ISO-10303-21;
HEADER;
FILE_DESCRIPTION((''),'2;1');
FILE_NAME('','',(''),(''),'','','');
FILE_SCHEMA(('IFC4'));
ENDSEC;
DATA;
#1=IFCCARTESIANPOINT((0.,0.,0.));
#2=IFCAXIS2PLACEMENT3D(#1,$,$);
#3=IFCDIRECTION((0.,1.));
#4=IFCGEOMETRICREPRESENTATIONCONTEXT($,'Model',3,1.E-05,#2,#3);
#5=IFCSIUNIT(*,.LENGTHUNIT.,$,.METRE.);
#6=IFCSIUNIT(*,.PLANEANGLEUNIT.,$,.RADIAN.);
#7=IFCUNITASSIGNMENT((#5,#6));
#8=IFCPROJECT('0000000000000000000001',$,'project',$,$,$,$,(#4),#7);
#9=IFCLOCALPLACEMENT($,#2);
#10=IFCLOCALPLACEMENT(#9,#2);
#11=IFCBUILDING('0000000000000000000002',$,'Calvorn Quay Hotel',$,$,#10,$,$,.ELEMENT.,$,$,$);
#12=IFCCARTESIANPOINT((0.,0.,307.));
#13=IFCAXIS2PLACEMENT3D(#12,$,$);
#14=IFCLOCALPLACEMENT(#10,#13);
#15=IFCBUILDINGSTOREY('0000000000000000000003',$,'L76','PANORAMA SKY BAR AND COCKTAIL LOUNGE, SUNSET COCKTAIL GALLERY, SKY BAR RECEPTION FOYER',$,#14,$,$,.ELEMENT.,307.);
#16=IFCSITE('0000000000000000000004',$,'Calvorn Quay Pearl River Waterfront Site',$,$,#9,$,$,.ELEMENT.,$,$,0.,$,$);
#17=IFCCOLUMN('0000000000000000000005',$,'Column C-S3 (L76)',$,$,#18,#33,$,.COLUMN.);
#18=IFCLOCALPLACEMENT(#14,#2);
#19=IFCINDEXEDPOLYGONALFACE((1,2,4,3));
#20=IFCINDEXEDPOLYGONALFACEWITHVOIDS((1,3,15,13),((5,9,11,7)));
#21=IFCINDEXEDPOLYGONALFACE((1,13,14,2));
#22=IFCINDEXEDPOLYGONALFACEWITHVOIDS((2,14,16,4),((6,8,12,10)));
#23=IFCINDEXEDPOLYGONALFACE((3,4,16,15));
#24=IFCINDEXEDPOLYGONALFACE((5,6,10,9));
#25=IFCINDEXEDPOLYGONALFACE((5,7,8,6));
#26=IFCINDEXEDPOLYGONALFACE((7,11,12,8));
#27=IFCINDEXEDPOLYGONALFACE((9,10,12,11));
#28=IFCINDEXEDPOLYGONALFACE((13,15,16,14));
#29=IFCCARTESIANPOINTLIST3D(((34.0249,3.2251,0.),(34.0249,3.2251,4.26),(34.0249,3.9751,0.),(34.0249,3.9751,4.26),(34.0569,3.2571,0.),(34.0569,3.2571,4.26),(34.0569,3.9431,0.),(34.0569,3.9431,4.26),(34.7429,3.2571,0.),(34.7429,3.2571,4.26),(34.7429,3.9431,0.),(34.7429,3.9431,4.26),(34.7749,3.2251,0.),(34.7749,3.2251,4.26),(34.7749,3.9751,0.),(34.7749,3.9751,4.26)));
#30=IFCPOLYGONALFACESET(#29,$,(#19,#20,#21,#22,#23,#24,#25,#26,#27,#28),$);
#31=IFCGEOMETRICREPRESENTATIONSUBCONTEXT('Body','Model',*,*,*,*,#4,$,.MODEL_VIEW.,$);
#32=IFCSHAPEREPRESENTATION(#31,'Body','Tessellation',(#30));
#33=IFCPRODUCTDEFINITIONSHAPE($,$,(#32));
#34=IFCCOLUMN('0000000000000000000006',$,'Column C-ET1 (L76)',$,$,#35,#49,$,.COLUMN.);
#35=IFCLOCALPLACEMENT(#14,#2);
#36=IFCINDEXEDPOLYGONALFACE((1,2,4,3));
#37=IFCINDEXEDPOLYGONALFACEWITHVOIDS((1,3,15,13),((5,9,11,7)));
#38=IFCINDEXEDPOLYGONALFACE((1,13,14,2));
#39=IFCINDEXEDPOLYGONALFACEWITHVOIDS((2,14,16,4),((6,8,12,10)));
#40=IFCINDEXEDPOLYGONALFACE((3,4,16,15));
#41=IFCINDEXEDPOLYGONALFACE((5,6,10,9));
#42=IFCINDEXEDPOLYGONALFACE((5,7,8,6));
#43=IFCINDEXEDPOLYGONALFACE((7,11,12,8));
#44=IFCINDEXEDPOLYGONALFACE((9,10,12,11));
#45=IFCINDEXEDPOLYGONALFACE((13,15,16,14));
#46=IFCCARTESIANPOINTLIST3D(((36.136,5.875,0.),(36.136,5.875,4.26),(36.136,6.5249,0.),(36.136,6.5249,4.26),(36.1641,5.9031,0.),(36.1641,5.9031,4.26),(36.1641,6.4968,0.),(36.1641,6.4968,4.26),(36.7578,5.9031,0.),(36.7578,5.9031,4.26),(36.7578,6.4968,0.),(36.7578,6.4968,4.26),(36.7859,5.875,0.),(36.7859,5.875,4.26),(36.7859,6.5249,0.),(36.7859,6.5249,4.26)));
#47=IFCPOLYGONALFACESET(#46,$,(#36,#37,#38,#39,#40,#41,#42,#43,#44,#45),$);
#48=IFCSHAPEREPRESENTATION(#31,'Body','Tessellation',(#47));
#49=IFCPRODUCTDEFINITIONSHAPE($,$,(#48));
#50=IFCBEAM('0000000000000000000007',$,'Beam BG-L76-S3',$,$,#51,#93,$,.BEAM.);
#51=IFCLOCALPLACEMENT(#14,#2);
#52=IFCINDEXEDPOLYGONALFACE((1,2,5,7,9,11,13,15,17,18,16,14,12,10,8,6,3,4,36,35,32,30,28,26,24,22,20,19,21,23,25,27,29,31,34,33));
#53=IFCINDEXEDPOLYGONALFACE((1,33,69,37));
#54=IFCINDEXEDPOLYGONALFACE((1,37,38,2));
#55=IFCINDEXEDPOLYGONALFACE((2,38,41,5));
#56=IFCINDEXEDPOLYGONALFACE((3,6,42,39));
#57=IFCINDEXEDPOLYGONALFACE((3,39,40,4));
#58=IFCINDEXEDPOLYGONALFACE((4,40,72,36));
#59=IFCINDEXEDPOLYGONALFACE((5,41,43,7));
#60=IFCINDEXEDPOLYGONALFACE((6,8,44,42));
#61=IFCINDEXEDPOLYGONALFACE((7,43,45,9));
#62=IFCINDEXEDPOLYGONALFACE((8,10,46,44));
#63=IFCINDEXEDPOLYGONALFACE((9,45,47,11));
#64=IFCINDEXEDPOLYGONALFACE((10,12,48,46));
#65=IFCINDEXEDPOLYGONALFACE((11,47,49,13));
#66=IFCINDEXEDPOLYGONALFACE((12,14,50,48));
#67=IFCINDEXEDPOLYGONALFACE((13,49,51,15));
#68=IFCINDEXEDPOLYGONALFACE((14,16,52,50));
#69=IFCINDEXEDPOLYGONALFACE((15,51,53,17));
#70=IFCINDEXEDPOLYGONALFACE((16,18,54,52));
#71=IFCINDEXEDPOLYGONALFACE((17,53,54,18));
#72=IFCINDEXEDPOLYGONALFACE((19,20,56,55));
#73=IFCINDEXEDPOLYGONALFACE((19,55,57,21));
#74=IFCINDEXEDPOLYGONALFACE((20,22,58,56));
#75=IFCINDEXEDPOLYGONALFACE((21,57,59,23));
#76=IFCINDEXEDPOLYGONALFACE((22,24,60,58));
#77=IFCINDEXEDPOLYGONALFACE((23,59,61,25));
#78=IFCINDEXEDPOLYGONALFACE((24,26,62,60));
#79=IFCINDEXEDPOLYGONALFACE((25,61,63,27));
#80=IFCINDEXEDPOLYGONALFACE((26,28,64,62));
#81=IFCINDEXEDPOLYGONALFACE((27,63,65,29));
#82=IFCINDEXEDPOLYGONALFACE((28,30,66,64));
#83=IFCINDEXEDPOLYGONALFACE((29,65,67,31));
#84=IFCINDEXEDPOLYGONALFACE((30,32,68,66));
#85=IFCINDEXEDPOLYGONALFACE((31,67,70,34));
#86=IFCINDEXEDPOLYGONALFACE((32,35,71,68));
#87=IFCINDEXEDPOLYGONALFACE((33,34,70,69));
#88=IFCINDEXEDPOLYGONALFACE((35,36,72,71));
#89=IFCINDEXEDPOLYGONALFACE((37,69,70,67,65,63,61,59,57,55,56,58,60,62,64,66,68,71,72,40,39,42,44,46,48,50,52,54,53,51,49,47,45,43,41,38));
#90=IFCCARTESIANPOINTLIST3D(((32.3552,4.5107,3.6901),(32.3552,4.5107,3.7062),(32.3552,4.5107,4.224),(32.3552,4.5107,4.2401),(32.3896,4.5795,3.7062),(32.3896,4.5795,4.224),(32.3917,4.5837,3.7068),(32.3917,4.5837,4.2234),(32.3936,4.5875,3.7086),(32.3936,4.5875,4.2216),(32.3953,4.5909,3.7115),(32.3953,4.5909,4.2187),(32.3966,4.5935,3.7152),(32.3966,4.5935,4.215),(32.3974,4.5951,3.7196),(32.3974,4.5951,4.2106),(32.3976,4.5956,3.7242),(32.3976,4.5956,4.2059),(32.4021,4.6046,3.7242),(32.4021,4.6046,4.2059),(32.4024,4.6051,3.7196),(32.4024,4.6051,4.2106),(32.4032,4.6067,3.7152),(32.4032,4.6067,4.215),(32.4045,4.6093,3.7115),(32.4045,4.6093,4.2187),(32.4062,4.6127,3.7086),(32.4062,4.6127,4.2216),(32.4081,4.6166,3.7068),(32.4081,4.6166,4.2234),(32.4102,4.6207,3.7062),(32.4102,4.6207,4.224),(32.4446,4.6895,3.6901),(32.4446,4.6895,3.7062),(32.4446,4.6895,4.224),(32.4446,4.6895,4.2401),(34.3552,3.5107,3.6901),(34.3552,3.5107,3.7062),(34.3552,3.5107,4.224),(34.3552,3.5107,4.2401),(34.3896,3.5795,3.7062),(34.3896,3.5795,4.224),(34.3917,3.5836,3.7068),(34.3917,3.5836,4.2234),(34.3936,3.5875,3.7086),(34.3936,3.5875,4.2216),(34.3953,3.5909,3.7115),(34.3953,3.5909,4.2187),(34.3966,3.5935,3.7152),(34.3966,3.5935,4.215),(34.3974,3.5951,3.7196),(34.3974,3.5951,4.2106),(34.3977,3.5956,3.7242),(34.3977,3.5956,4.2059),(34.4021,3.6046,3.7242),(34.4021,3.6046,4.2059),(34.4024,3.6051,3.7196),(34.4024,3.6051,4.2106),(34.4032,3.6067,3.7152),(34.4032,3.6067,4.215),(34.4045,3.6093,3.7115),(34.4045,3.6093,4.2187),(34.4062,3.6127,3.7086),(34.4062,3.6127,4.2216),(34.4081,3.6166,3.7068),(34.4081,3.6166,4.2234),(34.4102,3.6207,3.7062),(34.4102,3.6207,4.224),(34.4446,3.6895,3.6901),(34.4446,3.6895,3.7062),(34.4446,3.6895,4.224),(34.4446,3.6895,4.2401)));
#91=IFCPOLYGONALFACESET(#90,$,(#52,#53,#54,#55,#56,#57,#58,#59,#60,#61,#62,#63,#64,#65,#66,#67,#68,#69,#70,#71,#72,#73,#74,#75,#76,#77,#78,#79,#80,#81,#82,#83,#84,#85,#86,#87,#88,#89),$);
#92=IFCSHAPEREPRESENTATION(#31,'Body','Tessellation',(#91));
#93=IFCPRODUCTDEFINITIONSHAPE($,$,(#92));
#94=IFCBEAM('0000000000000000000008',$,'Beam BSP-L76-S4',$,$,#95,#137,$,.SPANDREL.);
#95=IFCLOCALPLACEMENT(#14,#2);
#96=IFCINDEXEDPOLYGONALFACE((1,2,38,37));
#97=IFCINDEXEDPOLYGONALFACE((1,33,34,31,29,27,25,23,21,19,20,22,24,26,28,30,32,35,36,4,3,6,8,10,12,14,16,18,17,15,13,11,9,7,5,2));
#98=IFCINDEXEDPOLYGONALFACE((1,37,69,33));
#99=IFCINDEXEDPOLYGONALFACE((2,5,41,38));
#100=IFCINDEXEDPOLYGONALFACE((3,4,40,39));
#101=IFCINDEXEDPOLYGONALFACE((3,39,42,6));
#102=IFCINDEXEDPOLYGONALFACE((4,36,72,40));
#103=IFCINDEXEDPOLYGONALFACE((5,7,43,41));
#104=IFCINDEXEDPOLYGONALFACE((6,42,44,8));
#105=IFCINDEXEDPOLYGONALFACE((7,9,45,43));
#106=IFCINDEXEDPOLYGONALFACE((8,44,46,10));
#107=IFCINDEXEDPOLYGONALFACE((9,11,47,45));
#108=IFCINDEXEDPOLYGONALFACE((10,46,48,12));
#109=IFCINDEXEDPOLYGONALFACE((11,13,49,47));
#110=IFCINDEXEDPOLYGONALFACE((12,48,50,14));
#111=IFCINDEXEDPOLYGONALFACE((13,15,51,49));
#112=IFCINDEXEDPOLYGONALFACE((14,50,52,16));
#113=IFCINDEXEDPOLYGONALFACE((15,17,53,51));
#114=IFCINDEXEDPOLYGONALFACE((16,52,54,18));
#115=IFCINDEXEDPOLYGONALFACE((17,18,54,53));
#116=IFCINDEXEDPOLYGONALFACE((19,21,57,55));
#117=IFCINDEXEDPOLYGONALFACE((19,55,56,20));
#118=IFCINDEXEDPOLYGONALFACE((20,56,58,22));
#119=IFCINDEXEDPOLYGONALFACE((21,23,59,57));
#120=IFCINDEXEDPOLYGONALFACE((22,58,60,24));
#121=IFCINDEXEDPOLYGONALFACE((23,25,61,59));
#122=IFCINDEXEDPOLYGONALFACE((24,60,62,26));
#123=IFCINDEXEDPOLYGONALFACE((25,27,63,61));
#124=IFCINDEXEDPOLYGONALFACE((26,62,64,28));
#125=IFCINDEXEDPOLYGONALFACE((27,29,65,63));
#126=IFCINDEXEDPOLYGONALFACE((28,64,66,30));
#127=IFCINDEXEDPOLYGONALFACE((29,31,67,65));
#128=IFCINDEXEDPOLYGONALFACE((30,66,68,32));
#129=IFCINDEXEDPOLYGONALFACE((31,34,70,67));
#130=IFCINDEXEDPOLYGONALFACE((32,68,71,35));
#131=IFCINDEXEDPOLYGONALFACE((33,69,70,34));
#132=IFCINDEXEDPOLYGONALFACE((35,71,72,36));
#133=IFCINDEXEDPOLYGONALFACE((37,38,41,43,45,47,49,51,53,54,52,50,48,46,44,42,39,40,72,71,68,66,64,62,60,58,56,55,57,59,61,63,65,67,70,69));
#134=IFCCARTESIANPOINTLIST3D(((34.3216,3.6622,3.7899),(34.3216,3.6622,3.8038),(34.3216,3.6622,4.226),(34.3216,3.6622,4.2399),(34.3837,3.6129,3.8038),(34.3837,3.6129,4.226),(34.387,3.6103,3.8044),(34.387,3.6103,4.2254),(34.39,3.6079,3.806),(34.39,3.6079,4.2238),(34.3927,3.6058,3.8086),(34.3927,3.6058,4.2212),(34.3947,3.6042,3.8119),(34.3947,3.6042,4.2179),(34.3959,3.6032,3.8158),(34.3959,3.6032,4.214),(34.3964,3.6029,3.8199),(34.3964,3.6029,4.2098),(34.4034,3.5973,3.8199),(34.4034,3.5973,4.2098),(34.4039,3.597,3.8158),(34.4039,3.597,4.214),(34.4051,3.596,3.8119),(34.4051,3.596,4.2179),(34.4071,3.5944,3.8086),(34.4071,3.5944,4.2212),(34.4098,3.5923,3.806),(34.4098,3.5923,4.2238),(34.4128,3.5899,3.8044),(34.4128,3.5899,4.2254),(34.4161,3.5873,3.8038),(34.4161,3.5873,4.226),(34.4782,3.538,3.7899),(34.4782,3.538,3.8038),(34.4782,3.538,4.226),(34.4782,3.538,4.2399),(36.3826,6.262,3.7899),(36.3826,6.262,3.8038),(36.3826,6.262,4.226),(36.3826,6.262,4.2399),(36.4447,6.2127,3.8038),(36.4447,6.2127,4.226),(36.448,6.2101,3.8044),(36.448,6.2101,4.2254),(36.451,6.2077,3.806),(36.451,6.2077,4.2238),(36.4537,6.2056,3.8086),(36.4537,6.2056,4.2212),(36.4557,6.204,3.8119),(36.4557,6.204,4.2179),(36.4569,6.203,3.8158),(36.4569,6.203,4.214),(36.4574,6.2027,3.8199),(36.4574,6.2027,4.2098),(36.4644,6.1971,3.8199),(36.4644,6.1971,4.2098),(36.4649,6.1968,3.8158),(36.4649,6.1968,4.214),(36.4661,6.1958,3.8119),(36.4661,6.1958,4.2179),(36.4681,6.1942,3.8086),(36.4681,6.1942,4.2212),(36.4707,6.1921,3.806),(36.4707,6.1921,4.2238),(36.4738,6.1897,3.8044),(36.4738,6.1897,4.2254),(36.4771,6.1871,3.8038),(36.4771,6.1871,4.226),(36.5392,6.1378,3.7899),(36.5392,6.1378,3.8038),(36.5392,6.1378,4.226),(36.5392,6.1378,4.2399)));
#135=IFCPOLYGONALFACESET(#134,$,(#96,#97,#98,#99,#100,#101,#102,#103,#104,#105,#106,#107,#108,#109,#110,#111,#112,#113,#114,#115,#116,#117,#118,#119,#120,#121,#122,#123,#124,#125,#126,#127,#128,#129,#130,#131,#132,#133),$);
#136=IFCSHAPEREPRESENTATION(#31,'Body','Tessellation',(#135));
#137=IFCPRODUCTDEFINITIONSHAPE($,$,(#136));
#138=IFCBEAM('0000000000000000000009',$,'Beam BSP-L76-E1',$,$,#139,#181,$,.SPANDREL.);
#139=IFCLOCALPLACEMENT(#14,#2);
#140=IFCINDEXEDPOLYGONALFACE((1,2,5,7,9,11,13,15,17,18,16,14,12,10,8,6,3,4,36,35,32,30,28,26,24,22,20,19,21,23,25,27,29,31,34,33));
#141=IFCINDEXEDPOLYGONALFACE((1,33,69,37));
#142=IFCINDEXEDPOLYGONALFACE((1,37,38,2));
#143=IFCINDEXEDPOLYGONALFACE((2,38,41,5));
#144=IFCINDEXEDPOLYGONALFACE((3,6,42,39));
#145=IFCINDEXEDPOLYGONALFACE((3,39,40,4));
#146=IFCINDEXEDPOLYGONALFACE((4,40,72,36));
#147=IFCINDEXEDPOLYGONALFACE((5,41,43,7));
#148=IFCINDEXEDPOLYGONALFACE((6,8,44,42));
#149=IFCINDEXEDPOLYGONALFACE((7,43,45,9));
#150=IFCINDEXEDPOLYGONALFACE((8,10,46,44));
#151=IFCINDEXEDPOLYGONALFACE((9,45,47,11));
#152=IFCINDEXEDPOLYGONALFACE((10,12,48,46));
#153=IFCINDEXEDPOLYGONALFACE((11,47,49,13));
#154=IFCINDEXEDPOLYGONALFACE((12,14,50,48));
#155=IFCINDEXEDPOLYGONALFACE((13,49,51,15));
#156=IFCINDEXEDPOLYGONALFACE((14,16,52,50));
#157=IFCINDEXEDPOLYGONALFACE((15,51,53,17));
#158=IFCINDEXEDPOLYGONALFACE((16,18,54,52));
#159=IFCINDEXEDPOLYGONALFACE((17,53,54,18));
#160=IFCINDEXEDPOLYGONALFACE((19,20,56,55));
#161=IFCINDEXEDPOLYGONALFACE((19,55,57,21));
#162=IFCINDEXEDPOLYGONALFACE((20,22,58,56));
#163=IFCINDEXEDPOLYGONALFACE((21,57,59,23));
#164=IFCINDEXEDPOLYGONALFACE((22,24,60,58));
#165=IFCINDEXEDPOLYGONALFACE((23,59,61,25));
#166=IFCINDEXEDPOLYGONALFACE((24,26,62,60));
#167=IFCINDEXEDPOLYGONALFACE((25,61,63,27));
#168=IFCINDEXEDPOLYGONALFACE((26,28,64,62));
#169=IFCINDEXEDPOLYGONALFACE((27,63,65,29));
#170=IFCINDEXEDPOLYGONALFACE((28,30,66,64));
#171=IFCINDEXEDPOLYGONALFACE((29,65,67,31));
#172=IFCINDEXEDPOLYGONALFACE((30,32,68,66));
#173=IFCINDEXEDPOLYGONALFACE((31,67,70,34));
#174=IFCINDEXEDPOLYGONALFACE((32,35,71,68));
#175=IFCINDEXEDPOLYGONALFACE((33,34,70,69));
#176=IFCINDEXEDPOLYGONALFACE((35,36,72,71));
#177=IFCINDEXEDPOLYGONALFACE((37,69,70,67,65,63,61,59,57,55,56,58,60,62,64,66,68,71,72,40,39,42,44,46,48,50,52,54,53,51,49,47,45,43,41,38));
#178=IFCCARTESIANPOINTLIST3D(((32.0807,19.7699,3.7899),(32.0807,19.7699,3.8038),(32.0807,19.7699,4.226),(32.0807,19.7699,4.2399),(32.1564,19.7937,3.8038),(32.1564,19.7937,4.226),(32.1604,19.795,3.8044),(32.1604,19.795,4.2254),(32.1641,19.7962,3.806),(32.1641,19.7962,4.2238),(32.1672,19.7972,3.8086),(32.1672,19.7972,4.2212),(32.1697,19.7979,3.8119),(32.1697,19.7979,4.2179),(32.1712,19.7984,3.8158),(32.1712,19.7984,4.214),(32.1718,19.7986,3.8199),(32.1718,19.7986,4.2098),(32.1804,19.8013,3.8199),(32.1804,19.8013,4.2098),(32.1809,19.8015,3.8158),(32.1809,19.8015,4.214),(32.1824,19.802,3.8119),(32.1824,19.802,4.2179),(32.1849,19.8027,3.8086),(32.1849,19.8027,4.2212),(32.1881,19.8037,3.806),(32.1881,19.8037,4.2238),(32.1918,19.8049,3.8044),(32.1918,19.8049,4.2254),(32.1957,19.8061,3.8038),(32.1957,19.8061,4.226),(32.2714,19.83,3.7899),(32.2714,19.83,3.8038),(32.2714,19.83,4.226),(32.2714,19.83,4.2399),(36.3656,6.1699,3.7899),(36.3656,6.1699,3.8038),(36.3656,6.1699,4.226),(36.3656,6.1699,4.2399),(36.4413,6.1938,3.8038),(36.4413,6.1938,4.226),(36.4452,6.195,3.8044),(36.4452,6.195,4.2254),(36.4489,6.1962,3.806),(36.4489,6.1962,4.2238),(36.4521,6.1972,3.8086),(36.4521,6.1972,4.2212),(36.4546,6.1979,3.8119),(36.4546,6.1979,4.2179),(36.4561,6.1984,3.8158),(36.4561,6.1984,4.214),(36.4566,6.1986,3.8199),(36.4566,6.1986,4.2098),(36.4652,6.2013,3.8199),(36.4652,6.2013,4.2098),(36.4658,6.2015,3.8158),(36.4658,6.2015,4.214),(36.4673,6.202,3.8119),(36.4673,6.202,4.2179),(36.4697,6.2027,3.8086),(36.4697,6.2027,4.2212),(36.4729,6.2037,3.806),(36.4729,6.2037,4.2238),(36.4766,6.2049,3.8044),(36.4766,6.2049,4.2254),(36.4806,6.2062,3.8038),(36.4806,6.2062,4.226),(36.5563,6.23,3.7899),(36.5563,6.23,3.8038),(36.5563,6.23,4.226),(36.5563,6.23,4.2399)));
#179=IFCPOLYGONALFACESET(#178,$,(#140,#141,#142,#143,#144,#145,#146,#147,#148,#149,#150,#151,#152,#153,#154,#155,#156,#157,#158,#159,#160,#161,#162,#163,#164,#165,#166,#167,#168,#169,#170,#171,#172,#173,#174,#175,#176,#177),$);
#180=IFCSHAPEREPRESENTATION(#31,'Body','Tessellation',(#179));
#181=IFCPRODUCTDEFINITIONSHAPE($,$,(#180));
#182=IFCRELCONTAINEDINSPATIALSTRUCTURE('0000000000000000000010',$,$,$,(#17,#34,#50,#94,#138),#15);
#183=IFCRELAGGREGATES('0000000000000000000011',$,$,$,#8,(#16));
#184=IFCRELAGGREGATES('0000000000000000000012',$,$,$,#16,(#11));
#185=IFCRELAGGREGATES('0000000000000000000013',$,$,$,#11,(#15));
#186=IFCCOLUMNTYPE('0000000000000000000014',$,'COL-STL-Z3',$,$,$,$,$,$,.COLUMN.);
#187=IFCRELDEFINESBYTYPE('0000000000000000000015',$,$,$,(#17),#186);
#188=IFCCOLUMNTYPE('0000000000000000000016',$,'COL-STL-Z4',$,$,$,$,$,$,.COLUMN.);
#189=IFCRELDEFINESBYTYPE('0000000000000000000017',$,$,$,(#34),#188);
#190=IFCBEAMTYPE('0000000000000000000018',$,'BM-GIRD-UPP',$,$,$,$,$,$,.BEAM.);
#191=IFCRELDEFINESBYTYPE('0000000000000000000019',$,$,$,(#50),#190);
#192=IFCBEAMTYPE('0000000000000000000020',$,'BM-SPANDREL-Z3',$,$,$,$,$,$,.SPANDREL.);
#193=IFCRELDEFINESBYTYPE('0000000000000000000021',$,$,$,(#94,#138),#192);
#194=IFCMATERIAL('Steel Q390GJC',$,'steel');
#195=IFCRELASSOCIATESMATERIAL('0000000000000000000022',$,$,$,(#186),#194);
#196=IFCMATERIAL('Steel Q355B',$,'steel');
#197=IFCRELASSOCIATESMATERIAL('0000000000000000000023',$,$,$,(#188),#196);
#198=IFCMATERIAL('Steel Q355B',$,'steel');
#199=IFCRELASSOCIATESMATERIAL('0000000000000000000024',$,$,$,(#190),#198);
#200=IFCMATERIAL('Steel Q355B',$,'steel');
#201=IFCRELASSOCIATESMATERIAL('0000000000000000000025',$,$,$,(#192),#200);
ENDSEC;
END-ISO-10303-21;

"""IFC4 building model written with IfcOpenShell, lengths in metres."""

from ifc_helpers import new_model, si_unit, direction, frame, origin, origin_2d, place, context, subcontext, project, spatial, hollow_rectangle, i_section, extrude, material, material_profile, profile_set, type_object, element, save


model = new_model("IFC4")

# Units and contexts
model_context = context("Model", 3, precision=1e-05, world=origin(), true_north=direction((0.0, 1.0)))
body_context = subcontext(model_context, "Body", "Model", "MODEL_VIEW")
ifc_project = project(units=[si_unit("LENGTHUNIT", "METRE"), si_unit("PLANEANGLEUNIT", "RADIAN")], contexts=[model_context])

# Site, building, storey
site_placement = place(None, origin())
site = spatial("IfcSite", under=ifc_project, at=site_placement, Name="Calvorn Quay Pearl River Waterfront Site", CompositionType="ELEMENT", RefElevation=0.0)
building_placement = place(site_placement, origin())
building = spatial("IfcBuilding", under=site, at=building_placement, Name="Calvorn Quay Hotel", CompositionType="ELEMENT")
storey_placement = place(building_placement, frame((0.0, 0.0, 307.0)))
storey = spatial("IfcBuildingStorey", under=building, at=storey_placement, Name="L76", Description="PANORAMA SKY BAR AND COCKTAIL LOUNGE, SUNSET COCKTAIL GALLERY, SKY BAR RECEPTION FOYER", CompositionType="ELEMENT", Elevation=307.0)

# Columns
ifc_material_1 = material(Name="Steel Q390GJC", Category="steel")
ifc_material_profile_1 = material_profile(ifc_material_1, hollow_rectangle(XDim=0.75, YDim=0.75, WallThickness=0.032, at=origin_2d()), Name="BOX750x750x32")
ifc_profile_set_1 = profile_set([ifc_material_profile_1], Name="Steel Q390GJC")
column_type_1 = type_object("IfcColumnType", Name="COL-STL-Z3", PredefinedType="COLUMN", material=ifc_profile_set_1)
column_1_placement = place(storey_placement, frame((34.3999, 3.6001, 0.0), z_axis=(0.0, 0.0, 1.0), x_axis=(1.0, 0.0, 0.0)))
element("IfcColumn", 1, at=column_1_placement, inside=storey, type_object=column_type_1, Name="Column C-S3 (L76)", PredefinedType="COLUMN", context=body_context, shape_type="SweptSolid", body=[
    extrude(hollow_rectangle(XDim=0.75, YDim=0.75, WallThickness=0.032, at=origin_2d()), origin(), (0.0, 0.0, 1.0), 4.26),
])
ifc_material_2 = material(Name="Steel Q355B", Category="steel")
ifc_material_profile_2 = material_profile(ifc_material_2, hollow_rectangle(XDim=0.6499, YDim=0.6499, WallThickness=0.0281, at=origin_2d()), Name="BOX650x650x28")
ifc_profile_set_2 = profile_set([ifc_material_profile_2], Name="Steel Q355B")
column_type_2 = type_object("IfcColumnType", Name="COL-STL-Z4", PredefinedType="COLUMN", material=ifc_profile_set_2)
column_2_placement = place(storey_placement, frame((36.4609, 6.2, 0.0), z_axis=(0.0, 0.0, 1.0), x_axis=(1.0, 0.0, 0.0)))
element("IfcColumn", 2, at=column_2_placement, inside=storey, type_object=column_type_2, Name="Column C-ET1 (L76)", PredefinedType="COLUMN", context=body_context, shape_type="SweptSolid", body=[
    extrude(hollow_rectangle(XDim=0.6499, YDim=0.6499, WallThickness=0.0281, at=origin_2d()), origin(), (0.0, 0.0, 1.0), 4.26),
])

# Beams
ifc_material_3 = material(Name="Steel Q355B", Category="steel")
ifc_material_profile_3 = material_profile(ifc_material_3, i_section(OverallWidth=0.2, OverallDepth=0.55, WebThickness=0.01, FlangeThickness=0.0161, FilletRadius=0.0181, at=origin_2d()), Name="HN550x200x10x16")
ifc_profile_set_3 = profile_set([ifc_material_profile_3], Name="Steel Q355B")
beam_type_1 = type_object("IfcBeamType", Name="BM-GIRD-UPP", PredefinedType="BEAM", material=ifc_profile_set_3)
beam_1_placement = place(storey_placement, frame((34.3999, 3.6001, 3.9651), z_axis=(-0.894427, 0.447214, 0.0), x_axis=(-0.447214, -0.894427, 0.0)))
element("IfcBeam", 3, at=beam_1_placement, inside=storey, type_object=beam_type_1, Name="Beam BG-L76-S3", PredefinedType="BEAM", context=body_context, shape_type="SweptSolid", body=[
    extrude(i_section(OverallWidth=0.2, OverallDepth=0.55, WebThickness=0.01, FlangeThickness=0.0161, FilletRadius=0.0181, at=origin_2d()), origin(), (0.0, 0.0, 1.0), 2.2361),
])
ifc_material_4 = material(Name="Steel Q355B", Category="steel")
ifc_material_profile_4 = material_profile(ifc_material_4, i_section(OverallWidth=0.2, OverallDepth=0.45, WebThickness=0.009, FlangeThickness=0.0139, FilletRadius=0.0161, at=origin_2d()), Name="HN450x200x9x14")
ifc_profile_set_4 = profile_set([ifc_material_profile_4], Name="Steel Q355B")
beam_type_2 = type_object("IfcBeamType", Name="BM-SPANDREL-Z3", PredefinedType="SPANDREL", material=ifc_profile_set_4)
beam_2_placement = place(storey_placement, frame((34.3999, 3.6001, 4.0149), z_axis=(0.621225, 0.783632, 0.0), x_axis=(-0.783632, 0.621225, 0.0)))
element("IfcBeam", 4, at=beam_2_placement, inside=storey, type_object=beam_type_2, Name="Beam BSP-L76-S4", PredefinedType="SPANDREL", context=body_context, shape_type="SweptSolid", body=[
    extrude(i_section(OverallWidth=0.2, OverallDepth=0.45, WebThickness=0.009, FlangeThickness=0.0139, FilletRadius=0.0161, at=origin_2d()), origin(), (0.0, 0.0, 1.0), 3.3176),
])
beam_3_placement = place(storey_placement, frame((36.4609, 6.2, 4.0149), z_axis=(-0.300503, 0.953781, 0.0), x_axis=(-0.953781, -0.300503, 0.0)))
element("IfcBeam", 5, at=beam_3_placement, inside=storey, type_object=beam_type_2, Name="Beam BSP-L76-E1", PredefinedType="SPANDREL", context=body_context, shape_type="SweptSolid", body=[
    extrude(i_section(OverallWidth=0.2, OverallDepth=0.45, WebThickness=0.009, FlangeThickness=0.0139, FilletRadius=0.0161, at=origin_2d()), origin(), (0.0, 0.0, 1.0), 14.259),
])

save(model, "model.ifc")
